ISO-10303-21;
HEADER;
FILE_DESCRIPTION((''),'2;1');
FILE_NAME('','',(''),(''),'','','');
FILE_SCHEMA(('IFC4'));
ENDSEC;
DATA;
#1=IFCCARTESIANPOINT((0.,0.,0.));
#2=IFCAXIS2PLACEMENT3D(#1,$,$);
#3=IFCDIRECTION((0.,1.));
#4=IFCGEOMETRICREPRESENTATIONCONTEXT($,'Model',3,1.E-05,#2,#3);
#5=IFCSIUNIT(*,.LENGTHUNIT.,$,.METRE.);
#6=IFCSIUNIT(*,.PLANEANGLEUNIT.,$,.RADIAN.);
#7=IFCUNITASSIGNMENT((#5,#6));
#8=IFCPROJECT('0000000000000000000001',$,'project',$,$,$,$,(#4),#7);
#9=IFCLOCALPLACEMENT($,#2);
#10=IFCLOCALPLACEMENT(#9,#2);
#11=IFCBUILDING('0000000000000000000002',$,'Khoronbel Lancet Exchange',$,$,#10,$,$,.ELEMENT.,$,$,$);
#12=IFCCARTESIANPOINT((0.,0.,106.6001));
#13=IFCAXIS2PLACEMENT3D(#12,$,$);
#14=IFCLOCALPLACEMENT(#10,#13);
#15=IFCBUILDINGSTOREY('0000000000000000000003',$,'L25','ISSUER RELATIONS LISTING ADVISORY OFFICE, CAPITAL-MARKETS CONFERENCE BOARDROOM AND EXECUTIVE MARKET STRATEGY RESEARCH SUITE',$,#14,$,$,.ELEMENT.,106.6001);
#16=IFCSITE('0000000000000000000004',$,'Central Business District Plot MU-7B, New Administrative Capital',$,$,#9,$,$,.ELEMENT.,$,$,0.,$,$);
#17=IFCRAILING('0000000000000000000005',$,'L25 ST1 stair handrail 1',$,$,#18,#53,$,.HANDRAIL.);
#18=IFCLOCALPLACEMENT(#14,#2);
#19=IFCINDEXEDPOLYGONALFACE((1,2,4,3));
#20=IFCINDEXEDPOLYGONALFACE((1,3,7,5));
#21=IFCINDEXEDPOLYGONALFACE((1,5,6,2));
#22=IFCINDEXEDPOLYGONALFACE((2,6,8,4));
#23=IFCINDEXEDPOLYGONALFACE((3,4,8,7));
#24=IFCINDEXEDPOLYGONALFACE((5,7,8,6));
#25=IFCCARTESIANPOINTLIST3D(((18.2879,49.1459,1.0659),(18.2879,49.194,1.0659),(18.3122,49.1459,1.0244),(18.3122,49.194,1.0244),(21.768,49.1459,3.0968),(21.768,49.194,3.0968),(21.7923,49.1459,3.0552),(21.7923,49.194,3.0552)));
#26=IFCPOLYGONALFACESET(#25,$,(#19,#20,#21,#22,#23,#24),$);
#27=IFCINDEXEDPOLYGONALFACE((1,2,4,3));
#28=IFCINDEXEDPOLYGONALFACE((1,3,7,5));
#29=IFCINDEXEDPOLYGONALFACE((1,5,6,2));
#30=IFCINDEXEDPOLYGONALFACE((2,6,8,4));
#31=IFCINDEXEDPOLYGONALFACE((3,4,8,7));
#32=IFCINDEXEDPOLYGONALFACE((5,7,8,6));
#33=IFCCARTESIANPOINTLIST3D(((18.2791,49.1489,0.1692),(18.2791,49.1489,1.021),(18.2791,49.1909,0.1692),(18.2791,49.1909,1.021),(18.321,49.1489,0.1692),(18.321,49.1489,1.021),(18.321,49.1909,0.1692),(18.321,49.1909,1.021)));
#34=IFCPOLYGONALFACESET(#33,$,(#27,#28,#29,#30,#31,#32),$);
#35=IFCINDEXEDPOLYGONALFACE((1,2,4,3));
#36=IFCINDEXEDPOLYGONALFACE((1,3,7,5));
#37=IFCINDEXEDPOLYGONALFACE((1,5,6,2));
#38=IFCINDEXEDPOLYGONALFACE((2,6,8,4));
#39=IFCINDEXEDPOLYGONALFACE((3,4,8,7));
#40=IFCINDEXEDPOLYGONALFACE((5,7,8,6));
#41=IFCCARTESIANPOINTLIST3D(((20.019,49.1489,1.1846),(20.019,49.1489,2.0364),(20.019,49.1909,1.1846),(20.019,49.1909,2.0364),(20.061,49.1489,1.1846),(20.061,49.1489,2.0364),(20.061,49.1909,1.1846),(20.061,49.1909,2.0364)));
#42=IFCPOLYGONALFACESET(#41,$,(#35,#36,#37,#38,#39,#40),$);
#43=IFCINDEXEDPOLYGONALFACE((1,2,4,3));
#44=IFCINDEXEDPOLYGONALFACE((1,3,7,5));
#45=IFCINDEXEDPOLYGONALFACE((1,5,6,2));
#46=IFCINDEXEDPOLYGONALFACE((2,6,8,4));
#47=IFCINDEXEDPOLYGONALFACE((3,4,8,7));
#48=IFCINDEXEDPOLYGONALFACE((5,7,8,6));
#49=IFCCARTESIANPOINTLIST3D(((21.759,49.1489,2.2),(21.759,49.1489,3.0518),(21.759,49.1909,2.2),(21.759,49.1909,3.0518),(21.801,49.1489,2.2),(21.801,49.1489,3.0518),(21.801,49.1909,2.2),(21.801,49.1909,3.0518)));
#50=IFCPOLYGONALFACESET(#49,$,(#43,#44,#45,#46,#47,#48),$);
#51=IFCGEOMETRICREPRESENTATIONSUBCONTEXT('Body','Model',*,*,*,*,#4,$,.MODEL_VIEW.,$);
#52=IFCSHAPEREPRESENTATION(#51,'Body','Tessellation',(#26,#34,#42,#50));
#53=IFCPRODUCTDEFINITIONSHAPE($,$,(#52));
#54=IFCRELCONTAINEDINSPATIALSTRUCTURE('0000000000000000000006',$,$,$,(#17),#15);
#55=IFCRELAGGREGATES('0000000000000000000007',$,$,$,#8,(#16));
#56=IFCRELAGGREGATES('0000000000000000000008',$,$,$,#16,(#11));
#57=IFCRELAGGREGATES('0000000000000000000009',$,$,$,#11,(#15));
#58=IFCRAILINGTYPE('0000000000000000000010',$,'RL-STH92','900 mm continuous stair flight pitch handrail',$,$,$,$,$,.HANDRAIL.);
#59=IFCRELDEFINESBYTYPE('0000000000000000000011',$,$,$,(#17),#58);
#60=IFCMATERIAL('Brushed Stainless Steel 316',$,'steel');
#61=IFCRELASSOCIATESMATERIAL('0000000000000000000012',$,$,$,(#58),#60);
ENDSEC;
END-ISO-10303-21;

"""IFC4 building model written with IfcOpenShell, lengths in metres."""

from ifc_helpers import new_model, si_unit, direction, frame, origin, origin_2d, place, context, subcontext, project, spatial, rectangle, extrude, material, type_object, element, save


model = new_model("IFC4")

# Units and contexts
model_context = context("Model", 3, precision=1e-05, world=origin(), true_north=direction((0.0, 1.0)))
body_context = subcontext(model_context, "Body", "Model", "MODEL_VIEW")
ifc_project = project(units=[si_unit("LENGTHUNIT", "METRE"), si_unit("PLANEANGLEUNIT", "RADIAN")], contexts=[model_context])

# Site, building, storey
site_placement = place(None, origin())
site = spatial("IfcSite", under=ifc_project, at=site_placement, Name="Central Business District Plot MU-7B, New Administrative Capital", CompositionType="ELEMENT", RefElevation=0.0)
building_placement = place(site_placement, origin())
building = spatial("IfcBuilding", under=site, at=building_placement, Name="Khoronbel Lancet Exchange", CompositionType="ELEMENT")
storey_placement = place(building_placement, frame((0.0, 0.0, 106.6001)))
storey = spatial("IfcBuildingStorey", under=building, at=storey_placement, Name="L25", Description="ISSUER RELATIONS LISTING ADVISORY OFFICE, CAPITAL-MARKETS CONFERENCE BOARDROOM AND EXECUTIVE MARKET STRATEGY RESEARCH SUITE", CompositionType="ELEMENT", Elevation=106.6001)

# Railing
ifc_material_1 = material(Name="Brushed Stainless Steel 316", Category="steel")
railing_type_1 = type_object("IfcRailingType", Name="RL-STH92", Description="900 mm continuous stair flight pitch handrail", PredefinedType="HANDRAIL", material=ifc_material_1)
railing_1_placement = place(storey_placement, frame((18.3, 49.1699, 0.1692)))
element("IfcRailing", 1, at=railing_1_placement, inside=storey, type_object=railing_type_1, Name="L25 ST1 stair handrail 1", PredefinedType="HANDRAIL", context=body_context, shape_type="SweptSolid", body=[
    extrude(rectangle(XDim=0.0481, YDim=0.0481, at=origin_2d()), frame((0.0, 0.0, 0.876), z_axis=(0.863695, 0.0, 0.504014), x_axis=(0.0, 1.0, 0.0)), (0.0, 0.0, 1.0), 4.0293),
    extrude(rectangle(XDim=0.042, YDim=0.042, at=origin_2d()), origin(), (0.0, 0.0, 1.0), 0.8518),
    extrude(rectangle(XDim=0.042, YDim=0.042, at=origin_2d()), frame((1.74, 0.0, 1.0154)), (0.0, 0.0, 1.0), 0.8518),
    extrude(rectangle(XDim=0.042, YDim=0.042, at=origin_2d()), frame((3.48, 0.0, 2.0308)), (0.0, 0.0, 1.0), 0.8518),
])

save(model, "model.ifc")
